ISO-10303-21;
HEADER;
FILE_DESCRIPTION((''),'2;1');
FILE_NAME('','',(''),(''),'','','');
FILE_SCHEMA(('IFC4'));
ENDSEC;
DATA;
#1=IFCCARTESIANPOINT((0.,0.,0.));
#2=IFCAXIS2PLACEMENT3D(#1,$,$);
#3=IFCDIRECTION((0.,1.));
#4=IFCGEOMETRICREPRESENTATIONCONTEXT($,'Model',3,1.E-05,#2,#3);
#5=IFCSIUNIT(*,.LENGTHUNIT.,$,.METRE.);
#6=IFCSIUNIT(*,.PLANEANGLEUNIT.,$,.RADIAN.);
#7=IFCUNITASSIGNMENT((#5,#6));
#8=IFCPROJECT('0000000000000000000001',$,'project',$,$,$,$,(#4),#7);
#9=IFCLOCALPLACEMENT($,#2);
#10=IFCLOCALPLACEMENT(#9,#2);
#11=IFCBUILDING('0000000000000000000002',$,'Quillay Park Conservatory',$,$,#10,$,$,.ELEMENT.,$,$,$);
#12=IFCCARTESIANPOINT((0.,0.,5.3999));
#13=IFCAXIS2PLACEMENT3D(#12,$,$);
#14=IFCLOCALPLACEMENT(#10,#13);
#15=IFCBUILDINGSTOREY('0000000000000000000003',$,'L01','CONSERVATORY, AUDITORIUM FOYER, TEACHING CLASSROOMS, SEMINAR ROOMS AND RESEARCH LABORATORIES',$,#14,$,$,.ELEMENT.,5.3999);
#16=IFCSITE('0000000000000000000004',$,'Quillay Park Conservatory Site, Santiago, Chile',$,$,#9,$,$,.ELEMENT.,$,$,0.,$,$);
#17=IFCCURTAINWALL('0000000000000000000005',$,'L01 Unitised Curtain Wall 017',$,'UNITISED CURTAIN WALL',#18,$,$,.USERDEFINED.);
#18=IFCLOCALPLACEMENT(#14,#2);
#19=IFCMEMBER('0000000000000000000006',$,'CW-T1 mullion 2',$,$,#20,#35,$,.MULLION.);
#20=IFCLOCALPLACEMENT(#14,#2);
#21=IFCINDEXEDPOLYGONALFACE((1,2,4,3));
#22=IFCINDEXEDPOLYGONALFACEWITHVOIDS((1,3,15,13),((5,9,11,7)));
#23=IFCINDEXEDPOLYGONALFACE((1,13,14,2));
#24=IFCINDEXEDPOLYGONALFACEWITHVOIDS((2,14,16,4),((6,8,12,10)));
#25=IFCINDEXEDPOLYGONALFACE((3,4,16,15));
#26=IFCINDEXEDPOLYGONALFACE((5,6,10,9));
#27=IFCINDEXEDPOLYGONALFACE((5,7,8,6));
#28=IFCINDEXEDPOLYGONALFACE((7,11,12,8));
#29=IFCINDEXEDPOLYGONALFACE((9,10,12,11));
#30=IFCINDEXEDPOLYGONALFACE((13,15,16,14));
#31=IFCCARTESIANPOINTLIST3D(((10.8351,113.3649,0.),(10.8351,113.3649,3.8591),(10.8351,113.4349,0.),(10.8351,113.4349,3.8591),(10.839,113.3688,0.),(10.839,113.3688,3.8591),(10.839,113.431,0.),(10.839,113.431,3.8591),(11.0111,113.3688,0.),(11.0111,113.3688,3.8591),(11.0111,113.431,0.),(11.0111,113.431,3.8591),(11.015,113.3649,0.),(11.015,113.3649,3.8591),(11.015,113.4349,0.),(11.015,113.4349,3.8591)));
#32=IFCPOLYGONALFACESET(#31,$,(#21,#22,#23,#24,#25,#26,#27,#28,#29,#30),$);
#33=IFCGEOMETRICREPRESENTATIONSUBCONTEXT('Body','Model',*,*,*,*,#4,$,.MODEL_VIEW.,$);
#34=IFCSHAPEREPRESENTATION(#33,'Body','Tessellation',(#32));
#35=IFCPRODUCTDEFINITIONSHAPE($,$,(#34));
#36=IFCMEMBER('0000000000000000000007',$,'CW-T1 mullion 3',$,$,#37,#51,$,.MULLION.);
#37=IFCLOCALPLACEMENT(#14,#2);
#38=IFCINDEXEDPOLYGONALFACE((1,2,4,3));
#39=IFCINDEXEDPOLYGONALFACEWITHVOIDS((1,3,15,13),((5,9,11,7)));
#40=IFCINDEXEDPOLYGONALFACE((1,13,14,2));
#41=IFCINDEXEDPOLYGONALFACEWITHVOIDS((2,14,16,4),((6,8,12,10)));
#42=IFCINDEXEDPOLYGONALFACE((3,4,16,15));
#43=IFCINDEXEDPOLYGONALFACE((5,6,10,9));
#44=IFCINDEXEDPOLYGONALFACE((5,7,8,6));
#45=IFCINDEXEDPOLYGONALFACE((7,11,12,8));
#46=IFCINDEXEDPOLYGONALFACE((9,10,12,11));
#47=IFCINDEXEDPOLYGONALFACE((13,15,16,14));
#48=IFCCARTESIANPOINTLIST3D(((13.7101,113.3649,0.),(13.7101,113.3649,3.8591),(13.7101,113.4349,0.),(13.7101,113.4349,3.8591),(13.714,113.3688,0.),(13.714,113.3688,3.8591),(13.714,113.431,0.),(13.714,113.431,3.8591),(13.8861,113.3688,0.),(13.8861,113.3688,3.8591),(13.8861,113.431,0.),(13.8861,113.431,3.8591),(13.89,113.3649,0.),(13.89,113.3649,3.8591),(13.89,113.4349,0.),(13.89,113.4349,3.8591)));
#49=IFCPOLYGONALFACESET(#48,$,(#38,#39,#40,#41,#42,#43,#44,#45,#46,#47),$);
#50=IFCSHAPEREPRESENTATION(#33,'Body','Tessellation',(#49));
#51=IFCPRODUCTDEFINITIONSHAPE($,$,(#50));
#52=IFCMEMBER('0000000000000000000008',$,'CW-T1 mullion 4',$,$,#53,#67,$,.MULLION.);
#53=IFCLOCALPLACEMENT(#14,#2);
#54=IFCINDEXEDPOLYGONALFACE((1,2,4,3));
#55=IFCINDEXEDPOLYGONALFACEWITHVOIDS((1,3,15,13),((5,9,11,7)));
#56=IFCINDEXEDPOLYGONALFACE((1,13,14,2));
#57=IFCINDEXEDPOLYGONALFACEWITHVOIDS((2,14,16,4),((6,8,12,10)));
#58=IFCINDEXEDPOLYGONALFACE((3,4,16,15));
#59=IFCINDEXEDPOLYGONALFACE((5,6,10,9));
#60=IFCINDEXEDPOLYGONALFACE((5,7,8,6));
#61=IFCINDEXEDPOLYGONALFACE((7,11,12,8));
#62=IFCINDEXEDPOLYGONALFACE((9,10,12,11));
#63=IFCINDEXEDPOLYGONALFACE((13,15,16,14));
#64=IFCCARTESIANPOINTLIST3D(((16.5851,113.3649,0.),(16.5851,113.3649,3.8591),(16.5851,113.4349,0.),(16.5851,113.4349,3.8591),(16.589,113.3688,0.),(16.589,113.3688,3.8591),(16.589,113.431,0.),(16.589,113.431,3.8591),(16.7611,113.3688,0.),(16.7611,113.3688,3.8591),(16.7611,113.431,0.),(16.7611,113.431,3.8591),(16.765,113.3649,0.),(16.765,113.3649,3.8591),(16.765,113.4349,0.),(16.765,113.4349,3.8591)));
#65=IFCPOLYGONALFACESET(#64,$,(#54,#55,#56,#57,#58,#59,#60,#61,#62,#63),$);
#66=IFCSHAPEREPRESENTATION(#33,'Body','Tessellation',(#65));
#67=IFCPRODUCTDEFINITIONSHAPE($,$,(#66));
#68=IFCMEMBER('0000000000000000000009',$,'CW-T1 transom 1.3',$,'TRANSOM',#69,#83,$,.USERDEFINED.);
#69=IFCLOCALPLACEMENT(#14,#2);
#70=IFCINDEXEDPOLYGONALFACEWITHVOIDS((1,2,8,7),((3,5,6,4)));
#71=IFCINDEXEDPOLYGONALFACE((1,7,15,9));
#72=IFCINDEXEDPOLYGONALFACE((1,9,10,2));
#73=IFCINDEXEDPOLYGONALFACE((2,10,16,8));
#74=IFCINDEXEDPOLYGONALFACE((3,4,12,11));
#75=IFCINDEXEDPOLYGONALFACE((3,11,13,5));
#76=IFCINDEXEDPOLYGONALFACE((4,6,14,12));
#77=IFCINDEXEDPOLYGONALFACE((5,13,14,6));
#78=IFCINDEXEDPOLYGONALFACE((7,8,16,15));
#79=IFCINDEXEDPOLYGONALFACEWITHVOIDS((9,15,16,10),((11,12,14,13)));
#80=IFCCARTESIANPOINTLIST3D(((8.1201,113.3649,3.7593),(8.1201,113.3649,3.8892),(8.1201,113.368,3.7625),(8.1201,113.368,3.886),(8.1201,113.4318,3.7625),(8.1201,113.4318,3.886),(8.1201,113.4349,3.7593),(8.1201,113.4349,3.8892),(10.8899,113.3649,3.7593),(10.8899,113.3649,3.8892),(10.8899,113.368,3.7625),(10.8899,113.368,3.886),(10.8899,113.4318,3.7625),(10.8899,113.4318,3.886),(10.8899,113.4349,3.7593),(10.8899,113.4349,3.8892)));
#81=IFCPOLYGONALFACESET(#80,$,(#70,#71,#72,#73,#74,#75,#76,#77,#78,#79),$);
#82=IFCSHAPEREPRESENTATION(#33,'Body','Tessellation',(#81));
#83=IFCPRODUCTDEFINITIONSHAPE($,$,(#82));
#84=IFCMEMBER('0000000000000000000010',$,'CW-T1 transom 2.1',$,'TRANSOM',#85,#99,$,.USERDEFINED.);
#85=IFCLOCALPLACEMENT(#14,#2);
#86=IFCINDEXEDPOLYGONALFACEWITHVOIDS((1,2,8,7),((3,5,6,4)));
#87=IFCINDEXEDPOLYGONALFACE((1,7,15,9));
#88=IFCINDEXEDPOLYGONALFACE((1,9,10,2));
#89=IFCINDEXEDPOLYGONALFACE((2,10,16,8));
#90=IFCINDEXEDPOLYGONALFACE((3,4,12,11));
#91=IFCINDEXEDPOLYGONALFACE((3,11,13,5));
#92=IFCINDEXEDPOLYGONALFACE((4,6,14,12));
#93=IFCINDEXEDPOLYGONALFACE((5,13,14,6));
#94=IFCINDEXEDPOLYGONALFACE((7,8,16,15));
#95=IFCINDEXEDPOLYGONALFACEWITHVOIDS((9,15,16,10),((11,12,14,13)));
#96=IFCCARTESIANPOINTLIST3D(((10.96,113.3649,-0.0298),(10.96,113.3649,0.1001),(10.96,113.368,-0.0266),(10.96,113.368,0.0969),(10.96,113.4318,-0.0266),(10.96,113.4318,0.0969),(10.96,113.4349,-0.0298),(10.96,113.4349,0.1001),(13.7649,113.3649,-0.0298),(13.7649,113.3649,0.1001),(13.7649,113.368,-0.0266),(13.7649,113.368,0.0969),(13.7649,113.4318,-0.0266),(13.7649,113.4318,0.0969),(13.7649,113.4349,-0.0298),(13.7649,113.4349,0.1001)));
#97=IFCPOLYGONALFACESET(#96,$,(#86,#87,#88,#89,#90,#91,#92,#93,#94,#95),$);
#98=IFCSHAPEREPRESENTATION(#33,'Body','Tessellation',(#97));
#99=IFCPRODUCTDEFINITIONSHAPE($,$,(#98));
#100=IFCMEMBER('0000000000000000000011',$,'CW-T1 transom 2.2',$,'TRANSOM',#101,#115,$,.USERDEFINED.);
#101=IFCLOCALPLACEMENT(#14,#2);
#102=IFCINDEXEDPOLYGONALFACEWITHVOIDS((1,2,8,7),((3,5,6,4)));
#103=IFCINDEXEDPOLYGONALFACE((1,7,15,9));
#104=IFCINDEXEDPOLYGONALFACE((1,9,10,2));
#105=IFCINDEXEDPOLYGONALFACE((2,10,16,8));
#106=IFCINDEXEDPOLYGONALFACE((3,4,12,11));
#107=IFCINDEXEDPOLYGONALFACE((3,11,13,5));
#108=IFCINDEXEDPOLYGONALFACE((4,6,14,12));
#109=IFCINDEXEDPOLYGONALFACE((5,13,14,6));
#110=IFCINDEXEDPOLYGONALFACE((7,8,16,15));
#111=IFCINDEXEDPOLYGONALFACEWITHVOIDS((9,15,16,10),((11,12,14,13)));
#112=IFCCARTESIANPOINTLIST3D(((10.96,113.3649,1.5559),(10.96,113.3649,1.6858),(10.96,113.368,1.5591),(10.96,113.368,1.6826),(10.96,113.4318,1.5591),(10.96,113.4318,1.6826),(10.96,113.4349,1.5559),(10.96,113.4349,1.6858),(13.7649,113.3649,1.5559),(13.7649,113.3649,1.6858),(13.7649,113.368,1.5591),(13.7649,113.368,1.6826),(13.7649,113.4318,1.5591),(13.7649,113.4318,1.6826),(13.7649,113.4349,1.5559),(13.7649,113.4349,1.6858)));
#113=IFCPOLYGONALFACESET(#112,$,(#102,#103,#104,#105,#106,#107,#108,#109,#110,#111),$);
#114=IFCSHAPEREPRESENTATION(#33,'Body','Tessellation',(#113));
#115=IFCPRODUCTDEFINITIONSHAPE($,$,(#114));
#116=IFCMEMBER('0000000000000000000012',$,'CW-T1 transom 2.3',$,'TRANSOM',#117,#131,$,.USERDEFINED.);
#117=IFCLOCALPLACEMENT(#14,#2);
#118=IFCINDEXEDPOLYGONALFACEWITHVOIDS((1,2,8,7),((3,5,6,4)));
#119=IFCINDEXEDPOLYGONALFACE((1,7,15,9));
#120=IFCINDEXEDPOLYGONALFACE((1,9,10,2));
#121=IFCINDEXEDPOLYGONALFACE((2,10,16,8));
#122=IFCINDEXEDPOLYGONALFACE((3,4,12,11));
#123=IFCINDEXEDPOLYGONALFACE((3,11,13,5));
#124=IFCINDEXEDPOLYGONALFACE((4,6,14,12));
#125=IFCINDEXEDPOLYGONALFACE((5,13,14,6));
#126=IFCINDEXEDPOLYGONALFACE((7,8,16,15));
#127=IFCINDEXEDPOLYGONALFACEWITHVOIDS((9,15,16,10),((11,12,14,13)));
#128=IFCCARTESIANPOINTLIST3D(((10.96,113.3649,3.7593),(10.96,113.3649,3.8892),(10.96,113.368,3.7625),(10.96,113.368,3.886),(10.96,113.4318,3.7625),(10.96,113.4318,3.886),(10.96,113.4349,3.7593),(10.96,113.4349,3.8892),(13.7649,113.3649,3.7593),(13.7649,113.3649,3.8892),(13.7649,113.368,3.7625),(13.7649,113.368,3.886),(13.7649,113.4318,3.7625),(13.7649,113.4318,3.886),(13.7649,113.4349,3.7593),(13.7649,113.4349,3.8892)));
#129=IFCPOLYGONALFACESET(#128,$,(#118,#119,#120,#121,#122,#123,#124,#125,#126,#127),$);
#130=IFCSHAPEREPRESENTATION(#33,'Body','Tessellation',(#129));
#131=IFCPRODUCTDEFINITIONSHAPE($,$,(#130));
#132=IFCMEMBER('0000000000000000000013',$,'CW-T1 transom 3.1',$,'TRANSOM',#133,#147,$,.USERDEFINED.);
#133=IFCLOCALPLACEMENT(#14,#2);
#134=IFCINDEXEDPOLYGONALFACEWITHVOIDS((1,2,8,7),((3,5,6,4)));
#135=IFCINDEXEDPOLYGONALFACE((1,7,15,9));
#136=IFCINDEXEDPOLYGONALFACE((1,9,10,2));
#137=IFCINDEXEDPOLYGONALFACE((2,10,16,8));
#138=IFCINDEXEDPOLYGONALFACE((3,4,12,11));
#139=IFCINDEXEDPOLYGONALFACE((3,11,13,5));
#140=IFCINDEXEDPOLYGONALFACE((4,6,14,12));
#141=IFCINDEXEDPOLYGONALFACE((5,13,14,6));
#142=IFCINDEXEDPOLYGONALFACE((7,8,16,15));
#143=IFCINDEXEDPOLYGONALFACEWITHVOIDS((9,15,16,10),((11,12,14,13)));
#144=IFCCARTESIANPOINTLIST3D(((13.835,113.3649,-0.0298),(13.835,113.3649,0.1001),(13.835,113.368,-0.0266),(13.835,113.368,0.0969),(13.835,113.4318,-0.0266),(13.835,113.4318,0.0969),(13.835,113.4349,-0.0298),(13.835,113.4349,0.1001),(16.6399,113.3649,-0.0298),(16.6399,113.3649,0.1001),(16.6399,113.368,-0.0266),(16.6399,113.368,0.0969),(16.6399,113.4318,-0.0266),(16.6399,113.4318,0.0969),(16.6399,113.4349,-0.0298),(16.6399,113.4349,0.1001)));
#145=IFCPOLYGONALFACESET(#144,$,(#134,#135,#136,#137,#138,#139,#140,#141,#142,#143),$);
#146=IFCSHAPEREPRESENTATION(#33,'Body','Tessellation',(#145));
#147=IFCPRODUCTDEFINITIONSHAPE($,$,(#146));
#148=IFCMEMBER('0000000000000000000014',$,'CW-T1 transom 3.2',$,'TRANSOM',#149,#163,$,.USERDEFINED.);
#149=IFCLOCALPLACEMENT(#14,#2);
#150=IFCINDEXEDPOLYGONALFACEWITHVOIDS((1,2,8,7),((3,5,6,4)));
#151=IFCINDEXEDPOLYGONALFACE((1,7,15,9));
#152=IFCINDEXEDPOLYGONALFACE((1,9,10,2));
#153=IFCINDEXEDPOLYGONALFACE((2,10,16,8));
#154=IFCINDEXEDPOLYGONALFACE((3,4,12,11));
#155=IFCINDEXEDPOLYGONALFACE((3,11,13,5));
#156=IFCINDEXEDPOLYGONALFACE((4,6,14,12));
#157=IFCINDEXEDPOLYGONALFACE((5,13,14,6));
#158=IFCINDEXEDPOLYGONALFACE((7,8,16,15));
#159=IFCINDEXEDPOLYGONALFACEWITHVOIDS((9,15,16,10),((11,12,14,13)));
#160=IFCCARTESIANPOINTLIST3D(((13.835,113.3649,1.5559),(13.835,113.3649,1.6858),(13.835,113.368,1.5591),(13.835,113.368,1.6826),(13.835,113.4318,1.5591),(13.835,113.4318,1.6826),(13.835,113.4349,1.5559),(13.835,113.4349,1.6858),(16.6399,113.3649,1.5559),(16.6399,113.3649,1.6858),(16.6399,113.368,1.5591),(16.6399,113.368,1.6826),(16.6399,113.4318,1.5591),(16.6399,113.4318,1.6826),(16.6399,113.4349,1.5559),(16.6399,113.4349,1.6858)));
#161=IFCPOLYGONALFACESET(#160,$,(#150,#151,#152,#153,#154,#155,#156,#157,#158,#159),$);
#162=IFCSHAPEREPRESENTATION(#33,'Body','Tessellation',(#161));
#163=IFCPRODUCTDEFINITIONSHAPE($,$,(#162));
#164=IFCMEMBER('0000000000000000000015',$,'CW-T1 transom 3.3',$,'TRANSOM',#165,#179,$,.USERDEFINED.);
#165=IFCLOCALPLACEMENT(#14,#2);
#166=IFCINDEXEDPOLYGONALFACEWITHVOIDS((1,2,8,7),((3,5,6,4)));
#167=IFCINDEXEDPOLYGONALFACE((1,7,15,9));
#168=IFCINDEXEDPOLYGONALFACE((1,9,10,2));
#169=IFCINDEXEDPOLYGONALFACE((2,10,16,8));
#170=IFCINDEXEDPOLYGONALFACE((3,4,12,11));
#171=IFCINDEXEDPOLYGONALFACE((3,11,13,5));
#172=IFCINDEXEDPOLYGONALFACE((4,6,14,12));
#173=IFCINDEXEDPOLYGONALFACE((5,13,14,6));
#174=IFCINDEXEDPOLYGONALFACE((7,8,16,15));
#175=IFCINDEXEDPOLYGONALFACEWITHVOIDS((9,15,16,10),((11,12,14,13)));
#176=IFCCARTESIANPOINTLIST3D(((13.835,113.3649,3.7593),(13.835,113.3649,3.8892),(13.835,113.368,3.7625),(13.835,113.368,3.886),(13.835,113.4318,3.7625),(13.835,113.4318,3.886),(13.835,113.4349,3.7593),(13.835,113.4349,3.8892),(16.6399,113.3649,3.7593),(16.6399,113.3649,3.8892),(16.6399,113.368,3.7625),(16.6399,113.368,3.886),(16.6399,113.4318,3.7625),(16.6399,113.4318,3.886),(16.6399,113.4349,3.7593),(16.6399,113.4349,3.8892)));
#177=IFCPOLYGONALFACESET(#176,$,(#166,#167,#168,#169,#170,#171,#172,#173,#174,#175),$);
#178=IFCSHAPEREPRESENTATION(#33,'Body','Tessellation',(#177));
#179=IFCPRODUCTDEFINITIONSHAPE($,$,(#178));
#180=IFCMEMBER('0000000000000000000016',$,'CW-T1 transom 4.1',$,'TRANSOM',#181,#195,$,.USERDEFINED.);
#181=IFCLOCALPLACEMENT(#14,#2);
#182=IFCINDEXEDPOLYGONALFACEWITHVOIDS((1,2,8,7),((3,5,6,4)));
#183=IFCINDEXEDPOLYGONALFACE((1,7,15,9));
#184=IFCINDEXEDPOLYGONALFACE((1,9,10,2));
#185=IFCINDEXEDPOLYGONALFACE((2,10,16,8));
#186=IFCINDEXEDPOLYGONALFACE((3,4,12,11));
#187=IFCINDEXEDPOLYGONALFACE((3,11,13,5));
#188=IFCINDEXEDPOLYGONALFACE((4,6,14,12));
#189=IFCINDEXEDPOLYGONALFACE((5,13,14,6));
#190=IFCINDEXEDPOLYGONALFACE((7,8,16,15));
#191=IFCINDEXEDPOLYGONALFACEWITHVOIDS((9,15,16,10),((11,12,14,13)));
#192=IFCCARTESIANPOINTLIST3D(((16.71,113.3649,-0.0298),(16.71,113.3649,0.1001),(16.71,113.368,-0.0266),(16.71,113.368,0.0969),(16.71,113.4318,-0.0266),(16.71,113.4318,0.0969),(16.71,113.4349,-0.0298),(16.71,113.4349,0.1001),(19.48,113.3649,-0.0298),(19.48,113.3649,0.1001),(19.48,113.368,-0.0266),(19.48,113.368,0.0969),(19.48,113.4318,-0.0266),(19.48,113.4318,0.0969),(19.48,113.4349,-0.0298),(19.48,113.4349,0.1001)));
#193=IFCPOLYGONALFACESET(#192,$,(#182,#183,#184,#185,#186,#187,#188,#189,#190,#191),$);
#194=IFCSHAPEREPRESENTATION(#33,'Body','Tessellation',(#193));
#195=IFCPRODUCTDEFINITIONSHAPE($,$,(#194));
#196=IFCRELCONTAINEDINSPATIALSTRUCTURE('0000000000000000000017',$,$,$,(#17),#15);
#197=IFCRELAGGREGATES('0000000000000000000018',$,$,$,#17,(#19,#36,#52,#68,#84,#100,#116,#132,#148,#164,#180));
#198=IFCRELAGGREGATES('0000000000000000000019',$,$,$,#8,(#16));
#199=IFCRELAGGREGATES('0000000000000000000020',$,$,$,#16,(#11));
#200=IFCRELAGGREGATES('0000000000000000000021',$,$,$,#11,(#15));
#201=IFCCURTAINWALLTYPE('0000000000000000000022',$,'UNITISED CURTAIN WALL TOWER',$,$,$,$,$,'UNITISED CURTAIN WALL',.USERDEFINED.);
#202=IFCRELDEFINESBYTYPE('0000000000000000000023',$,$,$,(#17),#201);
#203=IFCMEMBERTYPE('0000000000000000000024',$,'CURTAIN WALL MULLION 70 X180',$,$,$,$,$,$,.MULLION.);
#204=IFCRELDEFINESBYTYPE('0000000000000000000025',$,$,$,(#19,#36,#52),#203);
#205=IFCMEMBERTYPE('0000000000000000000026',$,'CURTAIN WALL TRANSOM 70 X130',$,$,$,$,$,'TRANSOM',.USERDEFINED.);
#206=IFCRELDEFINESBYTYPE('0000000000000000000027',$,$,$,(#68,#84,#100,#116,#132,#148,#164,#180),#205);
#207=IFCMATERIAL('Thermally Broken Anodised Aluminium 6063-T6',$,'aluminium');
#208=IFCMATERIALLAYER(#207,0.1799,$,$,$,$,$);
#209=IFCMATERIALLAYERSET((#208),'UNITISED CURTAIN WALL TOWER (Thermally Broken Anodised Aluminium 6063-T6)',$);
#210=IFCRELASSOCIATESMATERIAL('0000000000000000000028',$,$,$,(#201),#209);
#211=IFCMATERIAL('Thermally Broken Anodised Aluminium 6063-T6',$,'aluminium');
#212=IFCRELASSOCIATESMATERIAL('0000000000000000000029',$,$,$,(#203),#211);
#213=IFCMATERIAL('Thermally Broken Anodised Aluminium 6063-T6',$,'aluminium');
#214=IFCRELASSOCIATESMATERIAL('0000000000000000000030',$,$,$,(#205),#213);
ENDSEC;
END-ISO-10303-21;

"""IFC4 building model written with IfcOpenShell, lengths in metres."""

from ifc_helpers import new_model, si_unit, direction, frame, origin, origin_2d, place, context, subcontext, project, spatial, hollow_rectangle, extrude, material, layer, layer_set, material_profile, profile_set, type_object, element, aggregate, save


model = new_model("IFC4")

# Units and contexts
model_context = context("Model", 3, precision=1e-05, world=origin(), true_north=direction((0.0, 1.0)))
body_context = subcontext(model_context, "Body", "Model", "MODEL_VIEW")
ifc_project = project(units=[si_unit("LENGTHUNIT", "METRE"), si_unit("PLANEANGLEUNIT", "RADIAN")], contexts=[model_context])

# Site, building, storey
site_placement = place(None, origin())
site = spatial("IfcSite", under=ifc_project, at=site_placement, Name="Quillay Park Conservatory Site, Santiago, Chile", CompositionType="ELEMENT", RefElevation=0.0)
building_placement = place(site_placement, origin())
building = spatial("IfcBuilding", under=site, at=building_placement, Name="Quillay Park Conservatory", CompositionType="ELEMENT")
storey_placement = place(building_placement, frame((0.0, 0.0, 5.3999)))
storey = spatial("IfcBuildingStorey", under=building, at=storey_placement, Name="L01", Description="CONSERVATORY, AUDITORIUM FOYER, TEACHING CLASSROOMS, SEMINAR ROOMS AND RESEARCH LABORATORIES", CompositionType="ELEMENT", Elevation=5.3999)

# Curtain wall, members
ifc_material_1 = material(Name="Thermally Broken Anodised Aluminium 6063-T6", Category="aluminium")
ifc_layer_1 = layer(ifc_material_1, 0.1799)
ifc_layer_set_1 = layer_set([ifc_layer_1], Name="UNITISED CURTAIN WALL TOWER (Thermally Broken Anodised Aluminium 6063-T6)")
curtain_wall_type = type_object("IfcCurtainWallType", Name="UNITISED CURTAIN WALL TOWER", ElementType="UNITISED CURTAIN WALL", PredefinedType="USERDEFINED", material=ifc_layer_set_1)
curtain_wall_placement = place(storey_placement, origin())
curtain_wall = element("IfcCurtainWall", 1, at=curtain_wall_placement, inside=storey, type_object=curtain_wall_type, Name="L01 Unitised Curtain Wall 017", ObjectType="UNITISED CURTAIN WALL", PredefinedType="USERDEFINED")
ifc_material_2 = material(Name="Thermally Broken Anodised Aluminium 6063-T6", Category="aluminium")
ifc_material_profile_1 = material_profile(ifc_material_2, hollow_rectangle(XDim=0.0701, YDim=0.1799, WallThickness=0.0039, at=origin_2d()), Name="AL70x180x4")
ifc_profile_set_1 = profile_set([ifc_material_profile_1], Name="Thermally Broken Anodised Aluminium 6063-T6")
member_type_1 = type_object("IfcMemberType", Name="CURTAIN WALL MULLION 70 X180", PredefinedType="MULLION", material=ifc_profile_set_1)
member_1_placement = place(storey_placement, frame((10.925, 113.3999, 0.0), z_axis=(0.0, 0.0, 1.0), x_axis=(0.0, 1.0, 0.0)))
member_1 = element("IfcMember", 2, at=member_1_placement, type_object=member_type_1, Name="CW-T1 mullion 2", PredefinedType="MULLION", context=body_context, shape_type="SweptSolid", body=[
    extrude(hollow_rectangle(XDim=0.0701, YDim=0.1799, WallThickness=0.0039, at=origin_2d()), origin(), (0.0, 0.0, 1.0), 3.8591),
])
member_2_placement = place(storey_placement, frame((13.8, 113.3999, 0.0), z_axis=(0.0, 0.0, 1.0), x_axis=(0.0, 1.0, 0.0)))
member_2 = element("IfcMember", 3, at=member_2_placement, type_object=member_type_1, Name="CW-T1 mullion 3", PredefinedType="MULLION", context=body_context, shape_type="SweptSolid", body=[
    extrude(hollow_rectangle(XDim=0.0701, YDim=0.1799, WallThickness=0.0039, at=origin_2d()), origin(), (0.0, 0.0, 1.0), 3.8591),
])
member_3_placement = place(storey_placement, frame((16.675, 113.3999, 0.0), z_axis=(0.0, 0.0, 1.0), x_axis=(0.0, 1.0, 0.0)))
member_3 = element("IfcMember", 4, at=member_3_placement, type_object=member_type_1, Name="CW-T1 mullion 4", PredefinedType="MULLION", context=body_context, shape_type="SweptSolid", body=[
    extrude(hollow_rectangle(XDim=0.0701, YDim=0.1799, WallThickness=0.0039, at=origin_2d()), origin(), (0.0, 0.0, 1.0), 3.8591),
])
ifc_material_3 = material(Name="Thermally Broken Anodised Aluminium 6063-T6", Category="aluminium")
ifc_material_profile_2 = material_profile(ifc_material_3, hollow_rectangle(XDim=0.0701, YDim=0.1299, WallThickness=0.0032, at=origin_2d()), Name="AL70x130x3.2")
ifc_profile_set_2 = profile_set([ifc_material_profile_2], Name="Thermally Broken Anodised Aluminium 6063-T6")
member_type_2 = type_object("IfcMemberType", Name="CURTAIN WALL TRANSOM 70 X130", ElementType="TRANSOM", PredefinedType="USERDEFINED", material=ifc_profile_set_2)
member_4_placement = place(storey_placement, frame((8.1201, 113.3999, 3.8242), z_axis=(1.0, 0.0, 0.0), x_axis=(0.0, 1.0, 0.0)))
member_4 = element("IfcMember", 5, at=member_4_placement, type_object=member_type_2, Name="CW-T1 transom 1.3", ObjectType="TRANSOM", PredefinedType="USERDEFINED", context=body_context, shape_type="SweptSolid", body=[
    extrude(hollow_rectangle(XDim=0.0701, YDim=0.1299, WallThickness=0.0032, at=origin_2d()), origin(), (0.0, 0.0, 1.0), 2.7698),
])
member_5_placement = place(storey_placement, frame((10.96, 113.3999, 0.0352), z_axis=(1.0, 0.0, 0.0), x_axis=(0.0, 1.0, 0.0)))
member_5 = element("IfcMember", 6, at=member_5_placement, type_object=member_type_2, Name="CW-T1 transom 2.1", ObjectType="TRANSOM", PredefinedType="USERDEFINED", context=body_context, shape_type="SweptSolid", body=[
    extrude(hollow_rectangle(XDim=0.0701, YDim=0.1299, WallThickness=0.0032, at=origin_2d()), origin(), (0.0, 0.0, 1.0), 2.8049),
])
member_6_placement = place(storey_placement, frame((10.96, 113.3999, 1.6208), z_axis=(1.0, 0.0, 0.0), x_axis=(0.0, 1.0, 0.0)))
member_6 = element("IfcMember", 7, at=member_6_placement, type_object=member_type_2, Name="CW-T1 transom 2.2", ObjectType="TRANSOM", PredefinedType="USERDEFINED", context=body_context, shape_type="SweptSolid", body=[
    extrude(hollow_rectangle(XDim=0.0701, YDim=0.1299, WallThickness=0.0032, at=origin_2d()), origin(), (0.0, 0.0, 1.0), 2.8049),
])
member_7_placement = place(storey_placement, frame((10.96, 113.3999, 3.8242), z_axis=(1.0, 0.0, 0.0), x_axis=(0.0, 1.0, 0.0)))
member_7 = element("IfcMember", 8, at=member_7_placement, type_object=member_type_2, Name="CW-T1 transom 2.3", ObjectType="TRANSOM", PredefinedType="USERDEFINED", context=body_context, shape_type="SweptSolid", body=[
    extrude(hollow_rectangle(XDim=0.0701, YDim=0.1299, WallThickness=0.0032, at=origin_2d()), origin(), (0.0, 0.0, 1.0), 2.8049),
])
member_8_placement = place(storey_placement, frame((13.835, 113.3999, 0.0352), z_axis=(1.0, 0.0, 0.0), x_axis=(0.0, 1.0, 0.0)))
member_8 = element("IfcMember", 9, at=member_8_placement, type_object=member_type_2, Name="CW-T1 transom 3.1", ObjectType="TRANSOM", PredefinedType="USERDEFINED", context=body_context, shape_type="SweptSolid", body=[
    extrude(hollow_rectangle(XDim=0.0701, YDim=0.1299, WallThickness=0.0032, at=origin_2d()), origin(), (0.0, 0.0, 1.0), 2.8049),
])
member_9_placement = place(storey_placement, frame((13.835, 113.3999, 1.6208), z_axis=(1.0, 0.0, 0.0), x_axis=(0.0, 1.0, 0.0)))
member_9 = element("IfcMember", 10, at=member_9_placement, type_object=member_type_2, Name="CW-T1 transom 3.2", ObjectType="TRANSOM", PredefinedType="USERDEFINED", context=body_context, shape_type="SweptSolid", body=[
    extrude(hollow_rectangle(XDim=0.0701, YDim=0.1299, WallThickness=0.0032, at=origin_2d()), origin(), (0.0, 0.0, 1.0), 2.8049),
])
member_10_placement = place(storey_placement, frame((13.835, 113.3999, 3.8242), z_axis=(1.0, 0.0, 0.0), x_axis=(0.0, 1.0, 0.0)))
member_10 = element("IfcMember", 11, at=member_10_placement, type_object=member_type_2, Name="CW-T1 transom 3.3", ObjectType="TRANSOM", PredefinedType="USERDEFINED", context=body_context, shape_type="SweptSolid", body=[
    extrude(hollow_rectangle(XDim=0.0701, YDim=0.1299, WallThickness=0.0032, at=origin_2d()), origin(), (0.0, 0.0, 1.0), 2.8049),
])
member_11_placement = place(storey_placement, frame((16.71, 113.3999, 0.0352), z_axis=(1.0, 0.0, 0.0), x_axis=(0.0, 1.0, 0.0)))
member_11 = element("IfcMember", 12, at=member_11_placement, type_object=member_type_2, Name="CW-T1 transom 4.1", ObjectType="TRANSOM", PredefinedType="USERDEFINED", context=body_context, shape_type="SweptSolid", body=[
    extrude(hollow_rectangle(XDim=0.0701, YDim=0.1299, WallThickness=0.0032, at=origin_2d()), origin(), (0.0, 0.0, 1.0), 2.77),
])
aggregate(curtain_wall, [member_1, member_2, member_3, member_4, member_5, member_6, member_7, member_8, member_9, member_10, member_11])

save(model, "model.ifc")
